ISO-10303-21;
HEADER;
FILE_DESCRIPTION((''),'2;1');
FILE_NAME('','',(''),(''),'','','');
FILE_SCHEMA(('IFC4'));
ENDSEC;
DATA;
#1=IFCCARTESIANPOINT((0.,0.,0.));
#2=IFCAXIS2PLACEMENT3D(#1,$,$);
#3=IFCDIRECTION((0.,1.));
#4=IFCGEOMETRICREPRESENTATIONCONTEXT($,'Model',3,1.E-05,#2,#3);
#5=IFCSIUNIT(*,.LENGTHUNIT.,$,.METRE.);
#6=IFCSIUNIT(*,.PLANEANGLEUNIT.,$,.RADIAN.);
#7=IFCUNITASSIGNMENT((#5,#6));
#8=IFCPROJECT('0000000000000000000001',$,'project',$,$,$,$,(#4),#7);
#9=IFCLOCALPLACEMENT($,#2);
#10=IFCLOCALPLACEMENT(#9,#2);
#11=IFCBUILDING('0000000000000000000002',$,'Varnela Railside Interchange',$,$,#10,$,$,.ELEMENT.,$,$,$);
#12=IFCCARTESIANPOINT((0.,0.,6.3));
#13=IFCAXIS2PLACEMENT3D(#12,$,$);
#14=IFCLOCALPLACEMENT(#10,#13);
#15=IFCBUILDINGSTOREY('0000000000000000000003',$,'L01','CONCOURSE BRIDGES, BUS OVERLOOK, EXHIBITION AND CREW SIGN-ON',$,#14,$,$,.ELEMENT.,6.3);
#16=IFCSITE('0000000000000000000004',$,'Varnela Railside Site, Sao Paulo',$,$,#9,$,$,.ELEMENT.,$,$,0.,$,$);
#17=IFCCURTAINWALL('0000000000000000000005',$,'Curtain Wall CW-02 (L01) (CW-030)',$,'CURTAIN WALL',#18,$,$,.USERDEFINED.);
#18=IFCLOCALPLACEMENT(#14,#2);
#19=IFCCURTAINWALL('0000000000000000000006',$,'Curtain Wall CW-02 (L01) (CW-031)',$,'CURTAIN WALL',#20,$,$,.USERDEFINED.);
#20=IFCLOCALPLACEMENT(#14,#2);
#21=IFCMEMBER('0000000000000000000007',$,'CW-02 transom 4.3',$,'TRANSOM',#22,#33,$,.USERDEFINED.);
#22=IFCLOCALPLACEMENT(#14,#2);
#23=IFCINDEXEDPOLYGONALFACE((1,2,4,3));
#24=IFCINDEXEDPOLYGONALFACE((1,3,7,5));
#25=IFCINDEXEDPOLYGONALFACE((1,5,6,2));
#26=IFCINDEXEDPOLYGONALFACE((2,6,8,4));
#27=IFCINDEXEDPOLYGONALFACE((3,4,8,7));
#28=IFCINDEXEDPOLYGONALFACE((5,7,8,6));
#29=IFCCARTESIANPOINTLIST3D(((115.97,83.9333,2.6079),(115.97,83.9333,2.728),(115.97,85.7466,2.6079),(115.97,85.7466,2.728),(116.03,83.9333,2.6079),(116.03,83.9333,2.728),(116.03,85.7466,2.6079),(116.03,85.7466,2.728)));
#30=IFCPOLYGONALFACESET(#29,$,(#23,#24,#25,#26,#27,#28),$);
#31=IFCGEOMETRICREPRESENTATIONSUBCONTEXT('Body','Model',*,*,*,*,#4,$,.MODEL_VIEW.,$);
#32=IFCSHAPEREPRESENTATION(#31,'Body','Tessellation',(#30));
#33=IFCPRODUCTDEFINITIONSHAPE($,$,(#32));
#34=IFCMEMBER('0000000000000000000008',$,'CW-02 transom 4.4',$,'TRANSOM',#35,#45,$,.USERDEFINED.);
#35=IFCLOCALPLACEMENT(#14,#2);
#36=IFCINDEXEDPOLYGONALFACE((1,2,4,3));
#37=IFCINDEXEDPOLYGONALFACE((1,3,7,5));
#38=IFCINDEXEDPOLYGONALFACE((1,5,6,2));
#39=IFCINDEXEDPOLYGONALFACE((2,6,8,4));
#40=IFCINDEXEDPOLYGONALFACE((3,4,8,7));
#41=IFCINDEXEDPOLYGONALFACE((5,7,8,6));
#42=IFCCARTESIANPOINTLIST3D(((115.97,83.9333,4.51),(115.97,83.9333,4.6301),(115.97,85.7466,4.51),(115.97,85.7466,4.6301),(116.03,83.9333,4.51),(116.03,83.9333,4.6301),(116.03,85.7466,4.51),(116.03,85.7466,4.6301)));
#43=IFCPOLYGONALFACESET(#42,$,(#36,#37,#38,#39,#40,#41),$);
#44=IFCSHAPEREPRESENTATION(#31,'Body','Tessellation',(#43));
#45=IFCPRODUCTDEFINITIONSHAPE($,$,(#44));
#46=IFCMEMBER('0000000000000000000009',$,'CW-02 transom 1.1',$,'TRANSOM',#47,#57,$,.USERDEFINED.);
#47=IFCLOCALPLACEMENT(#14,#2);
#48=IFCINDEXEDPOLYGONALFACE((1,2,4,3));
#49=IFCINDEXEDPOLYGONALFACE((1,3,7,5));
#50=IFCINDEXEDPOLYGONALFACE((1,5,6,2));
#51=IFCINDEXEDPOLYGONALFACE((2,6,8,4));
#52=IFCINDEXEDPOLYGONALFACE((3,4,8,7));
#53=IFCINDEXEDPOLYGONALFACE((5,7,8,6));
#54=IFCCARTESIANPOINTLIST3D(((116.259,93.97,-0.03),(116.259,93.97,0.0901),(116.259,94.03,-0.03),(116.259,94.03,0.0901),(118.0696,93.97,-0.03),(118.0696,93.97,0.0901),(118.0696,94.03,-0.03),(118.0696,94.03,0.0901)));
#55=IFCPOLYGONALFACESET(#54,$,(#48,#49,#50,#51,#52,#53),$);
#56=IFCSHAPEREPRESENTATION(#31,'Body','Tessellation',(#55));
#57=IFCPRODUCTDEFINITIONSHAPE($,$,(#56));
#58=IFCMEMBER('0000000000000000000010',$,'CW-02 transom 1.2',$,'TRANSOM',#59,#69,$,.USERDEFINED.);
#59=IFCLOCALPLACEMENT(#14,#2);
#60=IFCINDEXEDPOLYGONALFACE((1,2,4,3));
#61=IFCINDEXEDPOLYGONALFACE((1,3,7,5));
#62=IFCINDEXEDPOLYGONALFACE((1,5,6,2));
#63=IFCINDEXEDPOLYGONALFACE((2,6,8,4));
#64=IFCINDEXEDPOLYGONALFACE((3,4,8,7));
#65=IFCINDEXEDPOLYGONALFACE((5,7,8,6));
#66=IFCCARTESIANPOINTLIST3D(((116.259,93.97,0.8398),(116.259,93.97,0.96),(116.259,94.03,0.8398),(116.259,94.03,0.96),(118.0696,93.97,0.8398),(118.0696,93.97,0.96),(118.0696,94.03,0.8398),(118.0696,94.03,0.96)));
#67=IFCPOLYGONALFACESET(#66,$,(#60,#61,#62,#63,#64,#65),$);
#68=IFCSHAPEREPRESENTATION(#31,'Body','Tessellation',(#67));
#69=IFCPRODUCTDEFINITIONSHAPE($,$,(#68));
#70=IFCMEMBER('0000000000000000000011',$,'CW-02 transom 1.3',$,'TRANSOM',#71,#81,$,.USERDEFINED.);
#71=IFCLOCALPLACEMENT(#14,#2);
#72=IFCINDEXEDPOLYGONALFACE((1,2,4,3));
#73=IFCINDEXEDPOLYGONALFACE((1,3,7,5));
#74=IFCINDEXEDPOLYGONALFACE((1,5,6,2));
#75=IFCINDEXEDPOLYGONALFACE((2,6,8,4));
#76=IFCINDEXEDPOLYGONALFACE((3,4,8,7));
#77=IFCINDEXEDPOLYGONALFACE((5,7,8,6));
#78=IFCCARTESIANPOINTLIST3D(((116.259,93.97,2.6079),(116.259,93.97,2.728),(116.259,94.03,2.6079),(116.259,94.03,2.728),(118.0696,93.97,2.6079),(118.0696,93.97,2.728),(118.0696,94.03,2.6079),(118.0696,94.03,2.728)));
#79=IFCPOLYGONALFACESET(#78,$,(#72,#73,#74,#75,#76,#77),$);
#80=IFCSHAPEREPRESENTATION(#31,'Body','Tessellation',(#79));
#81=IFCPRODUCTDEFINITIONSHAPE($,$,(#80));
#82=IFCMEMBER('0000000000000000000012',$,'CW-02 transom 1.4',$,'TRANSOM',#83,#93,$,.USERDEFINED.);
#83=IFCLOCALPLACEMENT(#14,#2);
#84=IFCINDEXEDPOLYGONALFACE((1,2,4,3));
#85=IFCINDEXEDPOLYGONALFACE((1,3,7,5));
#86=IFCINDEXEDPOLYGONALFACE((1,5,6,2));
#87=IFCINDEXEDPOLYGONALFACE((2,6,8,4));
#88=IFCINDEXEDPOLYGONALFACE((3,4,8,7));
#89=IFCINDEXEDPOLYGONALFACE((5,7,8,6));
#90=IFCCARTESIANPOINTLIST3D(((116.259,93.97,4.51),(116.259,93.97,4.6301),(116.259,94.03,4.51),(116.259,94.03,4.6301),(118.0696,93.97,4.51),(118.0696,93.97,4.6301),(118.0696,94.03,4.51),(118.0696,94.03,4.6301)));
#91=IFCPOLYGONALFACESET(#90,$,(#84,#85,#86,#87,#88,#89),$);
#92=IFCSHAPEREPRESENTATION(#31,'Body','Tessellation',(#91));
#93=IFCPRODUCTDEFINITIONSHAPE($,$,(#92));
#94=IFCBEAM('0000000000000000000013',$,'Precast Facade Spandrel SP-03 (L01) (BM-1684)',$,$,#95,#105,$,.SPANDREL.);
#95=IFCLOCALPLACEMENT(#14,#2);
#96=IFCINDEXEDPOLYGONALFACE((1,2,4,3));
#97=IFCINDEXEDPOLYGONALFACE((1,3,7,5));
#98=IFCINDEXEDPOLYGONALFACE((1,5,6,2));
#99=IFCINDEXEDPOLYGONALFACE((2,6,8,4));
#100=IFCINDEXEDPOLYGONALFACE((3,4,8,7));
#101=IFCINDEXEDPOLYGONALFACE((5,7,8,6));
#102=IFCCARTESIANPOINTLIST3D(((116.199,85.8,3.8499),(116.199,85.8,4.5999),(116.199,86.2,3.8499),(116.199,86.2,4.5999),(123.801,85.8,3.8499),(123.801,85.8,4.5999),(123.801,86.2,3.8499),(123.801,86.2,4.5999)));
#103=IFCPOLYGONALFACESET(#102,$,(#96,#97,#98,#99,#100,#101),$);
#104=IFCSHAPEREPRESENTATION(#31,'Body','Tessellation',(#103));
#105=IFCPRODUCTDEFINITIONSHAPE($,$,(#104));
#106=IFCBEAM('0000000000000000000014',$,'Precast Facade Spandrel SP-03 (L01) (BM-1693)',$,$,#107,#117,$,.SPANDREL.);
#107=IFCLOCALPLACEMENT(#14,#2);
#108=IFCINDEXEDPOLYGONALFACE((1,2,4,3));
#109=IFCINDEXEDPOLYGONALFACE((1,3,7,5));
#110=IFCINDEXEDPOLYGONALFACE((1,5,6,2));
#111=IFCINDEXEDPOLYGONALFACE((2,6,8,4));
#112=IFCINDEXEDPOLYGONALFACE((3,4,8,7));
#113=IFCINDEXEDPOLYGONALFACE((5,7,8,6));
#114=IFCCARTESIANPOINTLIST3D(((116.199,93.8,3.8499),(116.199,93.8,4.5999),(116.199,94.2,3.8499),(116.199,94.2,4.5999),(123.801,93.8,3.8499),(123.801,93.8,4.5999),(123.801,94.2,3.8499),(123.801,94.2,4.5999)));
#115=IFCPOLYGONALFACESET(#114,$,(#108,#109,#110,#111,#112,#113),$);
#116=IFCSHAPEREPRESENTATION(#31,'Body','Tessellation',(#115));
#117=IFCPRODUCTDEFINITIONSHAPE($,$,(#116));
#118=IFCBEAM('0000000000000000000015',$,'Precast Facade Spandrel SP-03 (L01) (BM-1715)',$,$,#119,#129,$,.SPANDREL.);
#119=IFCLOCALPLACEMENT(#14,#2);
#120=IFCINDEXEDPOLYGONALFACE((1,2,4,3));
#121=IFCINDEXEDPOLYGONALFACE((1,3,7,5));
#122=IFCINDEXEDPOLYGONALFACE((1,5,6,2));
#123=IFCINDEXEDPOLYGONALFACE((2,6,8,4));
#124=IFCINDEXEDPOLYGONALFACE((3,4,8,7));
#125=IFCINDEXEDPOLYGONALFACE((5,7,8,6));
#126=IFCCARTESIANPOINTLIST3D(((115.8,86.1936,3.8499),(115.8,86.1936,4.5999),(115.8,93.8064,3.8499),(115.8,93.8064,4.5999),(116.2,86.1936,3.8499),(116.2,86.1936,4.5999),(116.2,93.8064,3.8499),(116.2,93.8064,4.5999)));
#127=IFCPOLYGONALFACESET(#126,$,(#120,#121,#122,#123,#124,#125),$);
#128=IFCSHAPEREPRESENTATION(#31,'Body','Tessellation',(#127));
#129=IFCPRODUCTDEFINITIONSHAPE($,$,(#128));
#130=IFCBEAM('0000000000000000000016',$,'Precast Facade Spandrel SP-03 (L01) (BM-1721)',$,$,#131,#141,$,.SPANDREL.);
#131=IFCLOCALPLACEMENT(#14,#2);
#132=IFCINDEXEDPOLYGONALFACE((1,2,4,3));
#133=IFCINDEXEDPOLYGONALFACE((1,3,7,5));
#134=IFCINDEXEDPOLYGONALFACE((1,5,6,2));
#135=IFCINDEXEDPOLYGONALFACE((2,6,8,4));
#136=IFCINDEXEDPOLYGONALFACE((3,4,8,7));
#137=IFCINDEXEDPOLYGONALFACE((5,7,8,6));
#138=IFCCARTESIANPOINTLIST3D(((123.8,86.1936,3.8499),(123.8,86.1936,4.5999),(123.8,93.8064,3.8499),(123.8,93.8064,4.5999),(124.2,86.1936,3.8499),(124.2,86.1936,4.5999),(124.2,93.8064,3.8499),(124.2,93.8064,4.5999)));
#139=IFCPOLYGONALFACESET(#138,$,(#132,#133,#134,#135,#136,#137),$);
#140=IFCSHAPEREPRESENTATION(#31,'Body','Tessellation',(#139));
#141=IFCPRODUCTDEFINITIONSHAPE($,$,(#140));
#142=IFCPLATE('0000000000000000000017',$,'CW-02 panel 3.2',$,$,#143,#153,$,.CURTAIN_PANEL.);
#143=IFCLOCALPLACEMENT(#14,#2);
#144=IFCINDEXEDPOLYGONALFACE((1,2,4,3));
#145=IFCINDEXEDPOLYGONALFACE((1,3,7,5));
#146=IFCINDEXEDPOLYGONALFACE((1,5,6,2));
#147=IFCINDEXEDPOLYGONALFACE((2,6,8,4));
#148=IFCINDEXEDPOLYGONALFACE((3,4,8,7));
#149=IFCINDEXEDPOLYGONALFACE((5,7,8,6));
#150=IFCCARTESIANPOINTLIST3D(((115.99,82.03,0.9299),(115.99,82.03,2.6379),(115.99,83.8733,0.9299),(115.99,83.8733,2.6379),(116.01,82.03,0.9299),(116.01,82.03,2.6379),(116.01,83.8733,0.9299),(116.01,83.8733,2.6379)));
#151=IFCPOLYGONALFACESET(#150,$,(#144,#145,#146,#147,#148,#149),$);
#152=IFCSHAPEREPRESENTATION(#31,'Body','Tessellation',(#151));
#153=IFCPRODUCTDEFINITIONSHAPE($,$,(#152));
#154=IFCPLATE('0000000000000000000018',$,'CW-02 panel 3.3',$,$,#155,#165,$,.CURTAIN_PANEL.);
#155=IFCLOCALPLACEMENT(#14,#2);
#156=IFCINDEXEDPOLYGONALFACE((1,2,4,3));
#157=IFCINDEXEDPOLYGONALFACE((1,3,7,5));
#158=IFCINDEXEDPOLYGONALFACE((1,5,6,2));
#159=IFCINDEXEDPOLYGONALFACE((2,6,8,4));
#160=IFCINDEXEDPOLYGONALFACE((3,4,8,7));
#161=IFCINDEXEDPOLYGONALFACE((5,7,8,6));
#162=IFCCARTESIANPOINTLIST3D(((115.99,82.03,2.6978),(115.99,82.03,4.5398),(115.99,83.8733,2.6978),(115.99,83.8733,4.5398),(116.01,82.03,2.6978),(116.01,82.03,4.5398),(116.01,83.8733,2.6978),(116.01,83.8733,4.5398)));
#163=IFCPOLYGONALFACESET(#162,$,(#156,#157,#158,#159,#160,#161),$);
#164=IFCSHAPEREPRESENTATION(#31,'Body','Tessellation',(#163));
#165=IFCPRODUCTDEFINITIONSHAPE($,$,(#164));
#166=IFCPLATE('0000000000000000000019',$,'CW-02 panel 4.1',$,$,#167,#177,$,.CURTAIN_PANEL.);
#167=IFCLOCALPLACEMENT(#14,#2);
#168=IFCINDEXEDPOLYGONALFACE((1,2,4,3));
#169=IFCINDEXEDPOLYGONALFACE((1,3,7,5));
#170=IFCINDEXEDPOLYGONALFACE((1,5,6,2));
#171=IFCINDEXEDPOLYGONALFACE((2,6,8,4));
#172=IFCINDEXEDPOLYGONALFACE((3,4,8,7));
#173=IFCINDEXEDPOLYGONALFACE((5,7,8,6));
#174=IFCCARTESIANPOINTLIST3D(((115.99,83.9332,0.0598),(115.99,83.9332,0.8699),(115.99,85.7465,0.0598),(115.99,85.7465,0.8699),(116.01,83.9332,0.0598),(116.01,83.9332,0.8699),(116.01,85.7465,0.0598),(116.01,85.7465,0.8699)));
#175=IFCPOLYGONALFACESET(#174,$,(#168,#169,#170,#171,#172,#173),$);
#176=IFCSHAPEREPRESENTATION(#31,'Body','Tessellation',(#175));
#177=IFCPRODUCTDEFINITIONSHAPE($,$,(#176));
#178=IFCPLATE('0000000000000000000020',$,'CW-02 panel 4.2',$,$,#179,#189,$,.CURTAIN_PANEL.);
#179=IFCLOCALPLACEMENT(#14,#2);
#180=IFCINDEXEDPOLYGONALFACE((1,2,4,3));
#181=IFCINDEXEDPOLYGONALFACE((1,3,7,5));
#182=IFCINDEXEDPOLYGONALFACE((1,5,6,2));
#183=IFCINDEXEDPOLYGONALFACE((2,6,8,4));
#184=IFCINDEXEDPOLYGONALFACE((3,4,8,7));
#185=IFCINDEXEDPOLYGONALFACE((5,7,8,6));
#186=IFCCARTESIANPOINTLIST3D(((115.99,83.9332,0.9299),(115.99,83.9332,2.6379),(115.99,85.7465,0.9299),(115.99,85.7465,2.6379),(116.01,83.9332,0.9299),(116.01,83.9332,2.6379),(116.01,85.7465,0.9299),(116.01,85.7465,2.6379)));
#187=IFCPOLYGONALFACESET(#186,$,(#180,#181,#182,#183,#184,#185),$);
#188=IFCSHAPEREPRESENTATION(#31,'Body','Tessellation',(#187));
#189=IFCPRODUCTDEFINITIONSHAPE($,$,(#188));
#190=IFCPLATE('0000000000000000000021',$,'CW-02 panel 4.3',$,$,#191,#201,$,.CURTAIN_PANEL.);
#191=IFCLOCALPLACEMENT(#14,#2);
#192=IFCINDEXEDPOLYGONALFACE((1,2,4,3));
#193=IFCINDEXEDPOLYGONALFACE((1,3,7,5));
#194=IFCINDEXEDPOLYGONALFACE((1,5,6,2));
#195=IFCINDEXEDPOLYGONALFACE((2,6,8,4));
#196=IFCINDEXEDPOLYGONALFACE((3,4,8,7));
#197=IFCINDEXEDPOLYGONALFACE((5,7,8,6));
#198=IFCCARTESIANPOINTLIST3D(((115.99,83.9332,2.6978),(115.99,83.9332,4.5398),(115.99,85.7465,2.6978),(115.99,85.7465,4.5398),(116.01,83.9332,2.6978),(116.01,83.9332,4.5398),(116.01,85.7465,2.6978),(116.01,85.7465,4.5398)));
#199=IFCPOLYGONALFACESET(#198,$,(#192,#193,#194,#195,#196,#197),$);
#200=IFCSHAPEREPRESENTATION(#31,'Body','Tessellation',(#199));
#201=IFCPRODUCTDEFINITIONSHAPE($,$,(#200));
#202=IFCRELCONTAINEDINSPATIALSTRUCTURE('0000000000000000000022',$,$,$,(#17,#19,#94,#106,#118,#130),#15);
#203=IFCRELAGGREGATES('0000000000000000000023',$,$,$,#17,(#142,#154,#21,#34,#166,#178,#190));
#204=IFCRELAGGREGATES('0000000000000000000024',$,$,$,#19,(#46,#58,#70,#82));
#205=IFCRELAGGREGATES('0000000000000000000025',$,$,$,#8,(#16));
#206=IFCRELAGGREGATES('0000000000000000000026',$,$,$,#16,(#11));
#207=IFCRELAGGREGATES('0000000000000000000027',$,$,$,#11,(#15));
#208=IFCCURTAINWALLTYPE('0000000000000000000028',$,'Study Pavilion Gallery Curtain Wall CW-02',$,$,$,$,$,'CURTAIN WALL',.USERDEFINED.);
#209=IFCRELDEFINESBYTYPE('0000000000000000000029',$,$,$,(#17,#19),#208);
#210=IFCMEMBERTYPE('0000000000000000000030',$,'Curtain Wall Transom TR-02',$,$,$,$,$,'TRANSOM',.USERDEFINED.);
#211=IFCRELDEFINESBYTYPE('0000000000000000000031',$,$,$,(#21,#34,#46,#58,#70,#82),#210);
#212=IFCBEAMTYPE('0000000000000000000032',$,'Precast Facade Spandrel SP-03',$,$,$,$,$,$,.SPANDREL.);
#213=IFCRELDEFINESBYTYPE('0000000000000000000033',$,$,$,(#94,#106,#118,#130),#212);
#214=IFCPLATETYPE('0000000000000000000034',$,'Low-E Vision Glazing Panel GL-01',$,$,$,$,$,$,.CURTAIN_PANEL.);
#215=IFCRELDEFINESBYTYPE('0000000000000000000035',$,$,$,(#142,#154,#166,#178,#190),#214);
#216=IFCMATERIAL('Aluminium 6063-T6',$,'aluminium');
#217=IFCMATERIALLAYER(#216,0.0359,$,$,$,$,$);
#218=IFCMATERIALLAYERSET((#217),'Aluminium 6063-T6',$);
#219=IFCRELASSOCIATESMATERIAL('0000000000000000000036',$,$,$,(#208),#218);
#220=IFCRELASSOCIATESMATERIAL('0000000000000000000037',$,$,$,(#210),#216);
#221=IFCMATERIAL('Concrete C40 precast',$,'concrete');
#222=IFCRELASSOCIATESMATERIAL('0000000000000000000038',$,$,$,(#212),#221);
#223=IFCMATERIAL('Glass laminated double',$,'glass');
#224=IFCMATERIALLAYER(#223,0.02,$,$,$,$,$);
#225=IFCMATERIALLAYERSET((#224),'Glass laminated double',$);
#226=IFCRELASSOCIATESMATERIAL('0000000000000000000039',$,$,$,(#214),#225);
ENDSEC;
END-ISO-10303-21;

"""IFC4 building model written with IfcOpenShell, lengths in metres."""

from ifc_helpers import new_model, si_unit, direction, frame, origin, origin_2d, place, context, subcontext, project, spatial, rectangle, extrude, material, layer, layer_set, material_profile, profile_set, type_object, element, aggregate, save


model = new_model("IFC4")

# Units and contexts
model_context = context("Model", 3, precision=1e-05, world=origin(), true_north=direction((0.0, 1.0)))
body_context = subcontext(model_context, "Body", "Model", "MODEL_VIEW")
ifc_project = project(units=[si_unit("LENGTHUNIT", "METRE"), si_unit("PLANEANGLEUNIT", "RADIAN")], contexts=[model_context])

# Site, building, storey
site_placement = place(None, origin())
site = spatial("IfcSite", under=ifc_project, at=site_placement, Name="Varnela Railside Site, Sao Paulo", CompositionType="ELEMENT", RefElevation=0.0)
building_placement = place(site_placement, origin())
building = spatial("IfcBuilding", under=site, at=building_placement, Name="Varnela Railside Interchange", CompositionType="ELEMENT")
storey_placement = place(building_placement, frame((0.0, 0.0, 6.3)))
storey = spatial("IfcBuildingStorey", under=building, at=storey_placement, Name="L01", Description="CONCOURSE BRIDGES, BUS OVERLOOK, EXHIBITION AND CREW SIGN-ON", CompositionType="ELEMENT", Elevation=6.3)

# Curtain wall
ifc_material_1 = material(Name="Aluminium 6063-T6", Category="aluminium")
ifc_layer_1 = layer(ifc_material_1, 0.0359)
ifc_layer_set_1 = layer_set([ifc_layer_1], Name="Aluminium 6063-T6")
curtain_wall_type = type_object("IfcCurtainWallType", Name="Study Pavilion Gallery Curtain Wall CW-02", ElementType="CURTAIN WALL", PredefinedType="USERDEFINED", material=ifc_layer_set_1)
curtain_wall_1_placement = place(storey_placement, origin())
curtain_wall_1 = element("IfcCurtainWall", 1, at=curtain_wall_1_placement, inside=storey, type_object=curtain_wall_type, Name="Curtain Wall CW-02 (L01) (CW-030)", ObjectType="CURTAIN WALL", PredefinedType="USERDEFINED")

# Curtain wall
curtain_wall_2_placement = place(storey_placement, origin())
curtain_wall_2 = element("IfcCurtainWall", 2, at=curtain_wall_2_placement, inside=storey, type_object=curtain_wall_type, Name="Curtain Wall CW-02 (L01) (CW-031)", ObjectType="CURTAIN WALL", PredefinedType="USERDEFINED")

# Members
ifc_material_profile_1 = material_profile(ifc_material_1, rectangle(XDim=0.0601, YDim=0.1201, at=origin_2d()), Name="ALU 60x120")
ifc_profile_set_1 = profile_set([ifc_material_profile_1], Name="Aluminium 6063-T6")
member_type_1 = type_object("IfcMemberType", Name="Curtain Wall Transom TR-02", ElementType="TRANSOM", PredefinedType="USERDEFINED", material=ifc_profile_set_1)
member_1_placement = place(storey_placement, frame((116.0, 83.9333, 2.668), z_axis=(0.0, 1.0, 0.0), x_axis=(-1.0, 0.0, 0.0)))
member_1 = element("IfcMember", 3, at=member_1_placement, type_object=member_type_1, Name="CW-02 transom 4.3", ObjectType="TRANSOM", PredefinedType="USERDEFINED", context=body_context, shape_type="SweptSolid", body=[
    extrude(rectangle(XDim=0.0601, YDim=0.1201, at=origin_2d()), origin(), (0.0, 0.0, 1.0), 1.8132),
])
member_2_placement = place(storey_placement, frame((116.0, 83.9333, 4.5701), z_axis=(0.0, 1.0, 0.0), x_axis=(-1.0, 0.0, 0.0)))
member_2 = element("IfcMember", 4, at=member_2_placement, type_object=member_type_1, Name="CW-02 transom 4.4", ObjectType="TRANSOM", PredefinedType="USERDEFINED", context=body_context, shape_type="SweptSolid", body=[
    extrude(rectangle(XDim=0.0601, YDim=0.1201, at=origin_2d()), origin(), (0.0, 0.0, 1.0), 1.8132),
])
member_3_placement = place(storey_placement, frame((116.259, 94.0, 0.03), z_axis=(1.0, 0.0, 0.0), x_axis=(0.0, 1.0, 0.0)))
member_3 = element("IfcMember", 5, at=member_3_placement, type_object=member_type_1, Name="CW-02 transom 1.1", ObjectType="TRANSOM", PredefinedType="USERDEFINED", context=body_context, shape_type="SweptSolid", body=[
    extrude(rectangle(XDim=0.0601, YDim=0.1201, at=origin_2d()), origin(), (0.0, 0.0, 1.0), 1.8105),
])
member_4_placement = place(storey_placement, frame((116.259, 94.0, 0.8999), z_axis=(1.0, 0.0, 0.0), x_axis=(0.0, 1.0, 0.0)))
member_4 = element("IfcMember", 6, at=member_4_placement, type_object=member_type_1, Name="CW-02 transom 1.2", ObjectType="TRANSOM", PredefinedType="USERDEFINED", context=body_context, shape_type="SweptSolid", body=[
    extrude(rectangle(XDim=0.0601, YDim=0.1201, at=origin_2d()), origin(), (0.0, 0.0, 1.0), 1.8105),
])
member_5_placement = place(storey_placement, frame((116.259, 94.0, 2.668), z_axis=(1.0, 0.0, 0.0), x_axis=(0.0, 1.0, 0.0)))
member_5 = element("IfcMember", 7, at=member_5_placement, type_object=member_type_1, Name="CW-02 transom 1.3", ObjectType="TRANSOM", PredefinedType="USERDEFINED", context=body_context, shape_type="SweptSolid", body=[
    extrude(rectangle(XDim=0.0601, YDim=0.1201, at=origin_2d()), origin(), (0.0, 0.0, 1.0), 1.8105),
])
member_6_placement = place(storey_placement, frame((116.259, 94.0, 4.5701), z_axis=(1.0, 0.0, 0.0), x_axis=(0.0, 1.0, 0.0)))
member_6 = element("IfcMember", 8, at=member_6_placement, type_object=member_type_1, Name="CW-02 transom 1.4", ObjectType="TRANSOM", PredefinedType="USERDEFINED", context=body_context, shape_type="SweptSolid", body=[
    extrude(rectangle(XDim=0.0601, YDim=0.1201, at=origin_2d()), origin(), (0.0, 0.0, 1.0), 1.8105),
])

# Beams
ifc_material_2 = material(Name="Concrete C40 precast", Category="concrete")
ifc_material_profile_2 = material_profile(ifc_material_2, rectangle(XDim=0.3999, YDim=0.75, at=origin_2d()), Name="PC 400x750")
ifc_profile_set_2 = profile_set([ifc_material_profile_2], Name="Concrete C40 precast")
beam_type_1 = type_object("IfcBeamType", Name="Precast Facade Spandrel SP-03", PredefinedType="SPANDREL", material=ifc_profile_set_2)
for number, where, z_axis, x_axis, name in (
    (9, (116.199, 86.0, 4.2249), (1.0, 0.0, 0.0), (0.0, 1.0, 0.0), "Precast Facade Spandrel SP-03 (L01) (BM-1684)"),
    (10, (116.199, 94.0, 4.2249), (1.0, 0.0, 0.0), (0.0, 1.0, 0.0), "Precast Facade Spandrel SP-03 (L01) (BM-1693)"),
):
    element("IfcBeam", number, at=place(storey_placement, frame(where, z_axis=z_axis, x_axis=x_axis)), inside=storey, type_object=beam_type_1, Name=name, PredefinedType="SPANDREL", context=body_context, shape_type="SweptSolid", body=[
        extrude(rectangle(XDim=0.3999, YDim=0.75, at=origin_2d()), origin(), (0.0, 0.0, 1.0), 7.6021),
    ])
for number, where, z_axis, x_axis, name in (
    (11, (116.0, 86.1936, 4.2249), (0.0, 1.0, 0.0), (-1.0, 0.0, 0.0), "Precast Facade Spandrel SP-03 (L01) (BM-1715)"),
    (12, (124.0, 86.1936, 4.2249), (0.0, 1.0, 0.0), (-1.0, 0.0, 0.0), "Precast Facade Spandrel SP-03 (L01) (BM-1721)"),
):
    element("IfcBeam", number, at=place(storey_placement, frame(where, z_axis=z_axis, x_axis=x_axis)), inside=storey, type_object=beam_type_1, Name=name, PredefinedType="SPANDREL", context=body_context, shape_type="SweptSolid", body=[
        extrude(rectangle(XDim=0.3999, YDim=0.75, at=origin_2d()), origin(), (0.0, 0.0, 1.0), 7.6128),
    ])

# Plates
ifc_material_3 = material(Name="Glass laminated double", Category="glass")
ifc_layer_2 = layer(ifc_material_3, 0.02)
ifc_layer_set_2 = layer_set([ifc_layer_2], Name="Glass laminated double")
plate_type = type_object("IfcPlateType", Name="Low-E Vision Glazing Panel GL-01", PredefinedType="CURTAIN_PANEL", material=ifc_layer_set_2)
plate_1_placement = place(storey_placement, frame((116.0, 82.9517, 0.9299), z_axis=(0.0, 0.0, 1.0), x_axis=(0.0, 1.0, 0.0)))
plate_1 = element("IfcPlate", 13, at=plate_1_placement, type_object=plate_type, Name="CW-02 panel 3.2", PredefinedType="CURTAIN_PANEL", context=body_context, shape_type="SweptSolid", body=[
    extrude(rectangle(XDim=1.8433, YDim=0.02, at=origin_2d()), origin(), (0.0, 0.0, 1.0), 1.708),
])
plate_2_placement = place(storey_placement, frame((116.0, 82.9517, 2.6978), z_axis=(0.0, 0.0, 1.0), x_axis=(0.0, 1.0, 0.0)))
plate_2 = element("IfcPlate", 14, at=plate_2_placement, type_object=plate_type, Name="CW-02 panel 3.3", PredefinedType="CURTAIN_PANEL", context=body_context, shape_type="SweptSolid", body=[
    extrude(rectangle(XDim=1.8433, YDim=0.02, at=origin_2d()), origin(), (0.0, 0.0, 1.0), 1.842),
])
plate_3_placement = place(storey_placement, frame((116.0, 84.8398, 0.0598), z_axis=(0.0, 0.0, 1.0), x_axis=(0.0, 1.0, 0.0)))
plate_3 = element("IfcPlate", 15, at=plate_3_placement, type_object=plate_type, Name="CW-02 panel 4.1", PredefinedType="CURTAIN_PANEL", context=body_context, shape_type="SweptSolid", body=[
    extrude(rectangle(XDim=1.8132, YDim=0.02, at=origin_2d()), origin(), (0.0, 0.0, 1.0), 0.8101),
])
plate_4_placement = place(storey_placement, frame((116.0, 84.8398, 0.9299), z_axis=(0.0, 0.0, 1.0), x_axis=(0.0, 1.0, 0.0)))
plate_4 = element("IfcPlate", 16, at=plate_4_placement, type_object=plate_type, Name="CW-02 panel 4.2", PredefinedType="CURTAIN_PANEL", context=body_context, shape_type="SweptSolid", body=[
    extrude(rectangle(XDim=1.8132, YDim=0.02, at=origin_2d()), origin(), (0.0, 0.0, 1.0), 1.708),
])
plate_5_placement = place(storey_placement, frame((116.0, 84.8398, 2.6978), z_axis=(0.0, 0.0, 1.0), x_axis=(0.0, 1.0, 0.0)))
plate_5 = element("IfcPlate", 17, at=plate_5_placement, type_object=plate_type, Name="CW-02 panel 4.3", PredefinedType="CURTAIN_PANEL", context=body_context, shape_type="SweptSolid", body=[
    extrude(rectangle(XDim=1.8132, YDim=0.02, at=origin_2d()), origin(), (0.0, 0.0, 1.0), 1.842),
])
aggregate(curtain_wall_1, [plate_1, plate_2, member_1, member_2, plate_3, plate_4, plate_5])
aggregate(curtain_wall_2, [member_3, member_4, member_5, member_6])

save(model, "model.ifc")
